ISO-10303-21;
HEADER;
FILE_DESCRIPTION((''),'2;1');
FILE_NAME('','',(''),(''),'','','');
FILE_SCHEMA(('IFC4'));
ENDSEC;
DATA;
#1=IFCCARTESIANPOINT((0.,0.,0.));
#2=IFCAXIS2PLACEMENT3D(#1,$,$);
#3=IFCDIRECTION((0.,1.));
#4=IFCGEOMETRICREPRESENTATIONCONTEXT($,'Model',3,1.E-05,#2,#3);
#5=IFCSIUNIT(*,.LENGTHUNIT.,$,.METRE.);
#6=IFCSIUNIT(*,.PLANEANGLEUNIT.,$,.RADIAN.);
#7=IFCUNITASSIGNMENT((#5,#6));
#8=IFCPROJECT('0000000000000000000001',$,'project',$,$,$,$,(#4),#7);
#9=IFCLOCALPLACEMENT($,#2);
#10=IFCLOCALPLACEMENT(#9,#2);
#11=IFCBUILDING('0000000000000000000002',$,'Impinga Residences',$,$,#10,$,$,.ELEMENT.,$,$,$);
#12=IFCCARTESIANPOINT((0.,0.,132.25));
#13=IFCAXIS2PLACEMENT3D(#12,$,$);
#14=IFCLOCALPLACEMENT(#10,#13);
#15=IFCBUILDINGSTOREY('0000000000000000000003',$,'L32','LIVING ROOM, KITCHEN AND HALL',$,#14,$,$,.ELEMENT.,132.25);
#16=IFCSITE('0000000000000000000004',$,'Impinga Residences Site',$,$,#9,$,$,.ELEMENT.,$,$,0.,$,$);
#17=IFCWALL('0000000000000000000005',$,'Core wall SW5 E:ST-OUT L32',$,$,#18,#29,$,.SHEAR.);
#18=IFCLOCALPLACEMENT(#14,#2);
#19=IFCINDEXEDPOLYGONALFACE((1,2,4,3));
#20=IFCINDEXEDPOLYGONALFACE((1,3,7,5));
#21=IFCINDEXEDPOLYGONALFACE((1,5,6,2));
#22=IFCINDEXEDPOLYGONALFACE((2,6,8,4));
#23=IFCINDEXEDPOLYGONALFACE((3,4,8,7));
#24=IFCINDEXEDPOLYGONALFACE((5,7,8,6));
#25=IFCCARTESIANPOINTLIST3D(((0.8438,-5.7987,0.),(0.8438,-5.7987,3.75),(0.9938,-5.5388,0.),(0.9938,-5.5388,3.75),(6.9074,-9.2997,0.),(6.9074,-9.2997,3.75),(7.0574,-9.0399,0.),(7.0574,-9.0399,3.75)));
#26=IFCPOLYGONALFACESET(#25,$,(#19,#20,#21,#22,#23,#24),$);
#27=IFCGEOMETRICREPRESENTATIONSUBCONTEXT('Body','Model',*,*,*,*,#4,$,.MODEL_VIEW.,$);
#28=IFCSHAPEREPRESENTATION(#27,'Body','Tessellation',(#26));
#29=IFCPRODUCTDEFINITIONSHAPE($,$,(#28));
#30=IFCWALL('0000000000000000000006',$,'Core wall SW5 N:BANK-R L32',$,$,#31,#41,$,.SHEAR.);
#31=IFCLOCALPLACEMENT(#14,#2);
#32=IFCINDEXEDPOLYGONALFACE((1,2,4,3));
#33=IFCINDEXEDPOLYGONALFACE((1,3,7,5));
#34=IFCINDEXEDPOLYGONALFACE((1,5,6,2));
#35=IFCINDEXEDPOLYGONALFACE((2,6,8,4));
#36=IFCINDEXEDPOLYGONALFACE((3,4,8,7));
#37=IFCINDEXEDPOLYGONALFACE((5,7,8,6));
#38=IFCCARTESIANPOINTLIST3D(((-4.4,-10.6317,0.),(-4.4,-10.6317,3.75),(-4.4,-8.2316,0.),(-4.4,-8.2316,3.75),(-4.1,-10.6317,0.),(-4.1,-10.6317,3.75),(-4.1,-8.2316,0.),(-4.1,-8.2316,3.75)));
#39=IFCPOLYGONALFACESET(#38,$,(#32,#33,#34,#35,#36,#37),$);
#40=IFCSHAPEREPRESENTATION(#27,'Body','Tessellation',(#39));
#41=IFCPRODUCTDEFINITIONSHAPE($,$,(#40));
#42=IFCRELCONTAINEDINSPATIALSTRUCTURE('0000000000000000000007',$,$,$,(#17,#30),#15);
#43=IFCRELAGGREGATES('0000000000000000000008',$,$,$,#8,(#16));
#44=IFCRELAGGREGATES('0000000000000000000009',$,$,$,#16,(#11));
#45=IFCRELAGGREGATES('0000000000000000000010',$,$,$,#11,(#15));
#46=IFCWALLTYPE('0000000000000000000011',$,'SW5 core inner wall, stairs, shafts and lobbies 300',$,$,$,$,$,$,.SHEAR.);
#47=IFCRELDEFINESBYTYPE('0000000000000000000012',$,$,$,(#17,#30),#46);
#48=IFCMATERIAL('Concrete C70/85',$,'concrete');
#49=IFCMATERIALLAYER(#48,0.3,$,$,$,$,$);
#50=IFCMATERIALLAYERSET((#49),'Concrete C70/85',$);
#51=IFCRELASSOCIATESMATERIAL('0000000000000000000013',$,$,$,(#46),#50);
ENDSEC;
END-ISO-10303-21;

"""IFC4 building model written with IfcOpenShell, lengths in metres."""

from ifc_helpers import new_model, si_unit, direction, frame, frame_2d, origin, place, context, subcontext, project, spatial, rectangle, extrude, material, layer, layer_set, type_object, element, save


model = new_model("IFC4")

# Units and contexts
model_context = context("Model", 3, precision=1e-05, world=origin(), true_north=direction((0.0, 1.0)))
body_context = subcontext(model_context, "Body", "Model", "MODEL_VIEW")
ifc_project = project(units=[si_unit("LENGTHUNIT", "METRE"), si_unit("PLANEANGLEUNIT", "RADIAN")], contexts=[model_context])

# Site, building, storey
site_placement = place(None, origin())
site = spatial("IfcSite", under=ifc_project, at=site_placement, Name="Impinga Residences Site", CompositionType="ELEMENT", RefElevation=0.0)
building_placement = place(site_placement, origin())
building = spatial("IfcBuilding", under=site, at=building_placement, Name="Impinga Residences", CompositionType="ELEMENT")
storey_placement = place(building_placement, frame((0.0, 0.0, 132.25)))
storey = spatial("IfcBuildingStorey", under=building, at=storey_placement, Name="L32", Description="LIVING ROOM, KITCHEN AND HALL", CompositionType="ELEMENT", Elevation=132.25)

# Shared definitions
ifc_material_1 = material(Name="Concrete C70/85", Category="concrete")
ifc_layer_1 = layer(ifc_material_1, 0.3)
ifc_layer_set_1 = layer_set([ifc_layer_1], Name="Concrete C70/85")
wall_type_1 = type_object("IfcWallType", Name="SW5 core inner wall, stairs, shafts and lobbies 300", PredefinedType="SHEAR", material=ifc_layer_set_1)

# Walls
wall_1_placement = place(storey_placement, frame((0.9187, -5.6687, 0.0), z_axis=(0.0, 0.0, 1.0), x_axis=(0.866011, -0.500024, 0.0)))
element("IfcWall", 1, at=wall_1_placement, inside=storey, type_object=wall_type_1, Name="Core wall SW5 E:ST-OUT L32", PredefinedType="SHEAR", context=body_context, shape_type="SweptSolid", body=[
    extrude(rectangle(XDim=7.0017, YDim=0.3, at=frame_2d((3.501, 0.0))), origin(), (0.0, 0.0, 1.0), 3.75),
])
wall_2_placement = place(storey_placement, frame((-4.25, -8.2314, 0.0), z_axis=(0.0, 0.0, 1.0), x_axis=(0.0, -1.0, 0.0)))
element("IfcWall", 2, at=wall_2_placement, inside=storey, type_object=wall_type_1, Name="Core wall SW5 N:BANK-R L32", PredefinedType="SHEAR", context=body_context, shape_type="SweptSolid", body=[
    extrude(rectangle(XDim=2.4001, YDim=0.3, at=frame_2d((1.2002, 0.0))), origin(), (0.0, 0.0, 1.0), 3.75),
])

save(model, "model.ifc")
